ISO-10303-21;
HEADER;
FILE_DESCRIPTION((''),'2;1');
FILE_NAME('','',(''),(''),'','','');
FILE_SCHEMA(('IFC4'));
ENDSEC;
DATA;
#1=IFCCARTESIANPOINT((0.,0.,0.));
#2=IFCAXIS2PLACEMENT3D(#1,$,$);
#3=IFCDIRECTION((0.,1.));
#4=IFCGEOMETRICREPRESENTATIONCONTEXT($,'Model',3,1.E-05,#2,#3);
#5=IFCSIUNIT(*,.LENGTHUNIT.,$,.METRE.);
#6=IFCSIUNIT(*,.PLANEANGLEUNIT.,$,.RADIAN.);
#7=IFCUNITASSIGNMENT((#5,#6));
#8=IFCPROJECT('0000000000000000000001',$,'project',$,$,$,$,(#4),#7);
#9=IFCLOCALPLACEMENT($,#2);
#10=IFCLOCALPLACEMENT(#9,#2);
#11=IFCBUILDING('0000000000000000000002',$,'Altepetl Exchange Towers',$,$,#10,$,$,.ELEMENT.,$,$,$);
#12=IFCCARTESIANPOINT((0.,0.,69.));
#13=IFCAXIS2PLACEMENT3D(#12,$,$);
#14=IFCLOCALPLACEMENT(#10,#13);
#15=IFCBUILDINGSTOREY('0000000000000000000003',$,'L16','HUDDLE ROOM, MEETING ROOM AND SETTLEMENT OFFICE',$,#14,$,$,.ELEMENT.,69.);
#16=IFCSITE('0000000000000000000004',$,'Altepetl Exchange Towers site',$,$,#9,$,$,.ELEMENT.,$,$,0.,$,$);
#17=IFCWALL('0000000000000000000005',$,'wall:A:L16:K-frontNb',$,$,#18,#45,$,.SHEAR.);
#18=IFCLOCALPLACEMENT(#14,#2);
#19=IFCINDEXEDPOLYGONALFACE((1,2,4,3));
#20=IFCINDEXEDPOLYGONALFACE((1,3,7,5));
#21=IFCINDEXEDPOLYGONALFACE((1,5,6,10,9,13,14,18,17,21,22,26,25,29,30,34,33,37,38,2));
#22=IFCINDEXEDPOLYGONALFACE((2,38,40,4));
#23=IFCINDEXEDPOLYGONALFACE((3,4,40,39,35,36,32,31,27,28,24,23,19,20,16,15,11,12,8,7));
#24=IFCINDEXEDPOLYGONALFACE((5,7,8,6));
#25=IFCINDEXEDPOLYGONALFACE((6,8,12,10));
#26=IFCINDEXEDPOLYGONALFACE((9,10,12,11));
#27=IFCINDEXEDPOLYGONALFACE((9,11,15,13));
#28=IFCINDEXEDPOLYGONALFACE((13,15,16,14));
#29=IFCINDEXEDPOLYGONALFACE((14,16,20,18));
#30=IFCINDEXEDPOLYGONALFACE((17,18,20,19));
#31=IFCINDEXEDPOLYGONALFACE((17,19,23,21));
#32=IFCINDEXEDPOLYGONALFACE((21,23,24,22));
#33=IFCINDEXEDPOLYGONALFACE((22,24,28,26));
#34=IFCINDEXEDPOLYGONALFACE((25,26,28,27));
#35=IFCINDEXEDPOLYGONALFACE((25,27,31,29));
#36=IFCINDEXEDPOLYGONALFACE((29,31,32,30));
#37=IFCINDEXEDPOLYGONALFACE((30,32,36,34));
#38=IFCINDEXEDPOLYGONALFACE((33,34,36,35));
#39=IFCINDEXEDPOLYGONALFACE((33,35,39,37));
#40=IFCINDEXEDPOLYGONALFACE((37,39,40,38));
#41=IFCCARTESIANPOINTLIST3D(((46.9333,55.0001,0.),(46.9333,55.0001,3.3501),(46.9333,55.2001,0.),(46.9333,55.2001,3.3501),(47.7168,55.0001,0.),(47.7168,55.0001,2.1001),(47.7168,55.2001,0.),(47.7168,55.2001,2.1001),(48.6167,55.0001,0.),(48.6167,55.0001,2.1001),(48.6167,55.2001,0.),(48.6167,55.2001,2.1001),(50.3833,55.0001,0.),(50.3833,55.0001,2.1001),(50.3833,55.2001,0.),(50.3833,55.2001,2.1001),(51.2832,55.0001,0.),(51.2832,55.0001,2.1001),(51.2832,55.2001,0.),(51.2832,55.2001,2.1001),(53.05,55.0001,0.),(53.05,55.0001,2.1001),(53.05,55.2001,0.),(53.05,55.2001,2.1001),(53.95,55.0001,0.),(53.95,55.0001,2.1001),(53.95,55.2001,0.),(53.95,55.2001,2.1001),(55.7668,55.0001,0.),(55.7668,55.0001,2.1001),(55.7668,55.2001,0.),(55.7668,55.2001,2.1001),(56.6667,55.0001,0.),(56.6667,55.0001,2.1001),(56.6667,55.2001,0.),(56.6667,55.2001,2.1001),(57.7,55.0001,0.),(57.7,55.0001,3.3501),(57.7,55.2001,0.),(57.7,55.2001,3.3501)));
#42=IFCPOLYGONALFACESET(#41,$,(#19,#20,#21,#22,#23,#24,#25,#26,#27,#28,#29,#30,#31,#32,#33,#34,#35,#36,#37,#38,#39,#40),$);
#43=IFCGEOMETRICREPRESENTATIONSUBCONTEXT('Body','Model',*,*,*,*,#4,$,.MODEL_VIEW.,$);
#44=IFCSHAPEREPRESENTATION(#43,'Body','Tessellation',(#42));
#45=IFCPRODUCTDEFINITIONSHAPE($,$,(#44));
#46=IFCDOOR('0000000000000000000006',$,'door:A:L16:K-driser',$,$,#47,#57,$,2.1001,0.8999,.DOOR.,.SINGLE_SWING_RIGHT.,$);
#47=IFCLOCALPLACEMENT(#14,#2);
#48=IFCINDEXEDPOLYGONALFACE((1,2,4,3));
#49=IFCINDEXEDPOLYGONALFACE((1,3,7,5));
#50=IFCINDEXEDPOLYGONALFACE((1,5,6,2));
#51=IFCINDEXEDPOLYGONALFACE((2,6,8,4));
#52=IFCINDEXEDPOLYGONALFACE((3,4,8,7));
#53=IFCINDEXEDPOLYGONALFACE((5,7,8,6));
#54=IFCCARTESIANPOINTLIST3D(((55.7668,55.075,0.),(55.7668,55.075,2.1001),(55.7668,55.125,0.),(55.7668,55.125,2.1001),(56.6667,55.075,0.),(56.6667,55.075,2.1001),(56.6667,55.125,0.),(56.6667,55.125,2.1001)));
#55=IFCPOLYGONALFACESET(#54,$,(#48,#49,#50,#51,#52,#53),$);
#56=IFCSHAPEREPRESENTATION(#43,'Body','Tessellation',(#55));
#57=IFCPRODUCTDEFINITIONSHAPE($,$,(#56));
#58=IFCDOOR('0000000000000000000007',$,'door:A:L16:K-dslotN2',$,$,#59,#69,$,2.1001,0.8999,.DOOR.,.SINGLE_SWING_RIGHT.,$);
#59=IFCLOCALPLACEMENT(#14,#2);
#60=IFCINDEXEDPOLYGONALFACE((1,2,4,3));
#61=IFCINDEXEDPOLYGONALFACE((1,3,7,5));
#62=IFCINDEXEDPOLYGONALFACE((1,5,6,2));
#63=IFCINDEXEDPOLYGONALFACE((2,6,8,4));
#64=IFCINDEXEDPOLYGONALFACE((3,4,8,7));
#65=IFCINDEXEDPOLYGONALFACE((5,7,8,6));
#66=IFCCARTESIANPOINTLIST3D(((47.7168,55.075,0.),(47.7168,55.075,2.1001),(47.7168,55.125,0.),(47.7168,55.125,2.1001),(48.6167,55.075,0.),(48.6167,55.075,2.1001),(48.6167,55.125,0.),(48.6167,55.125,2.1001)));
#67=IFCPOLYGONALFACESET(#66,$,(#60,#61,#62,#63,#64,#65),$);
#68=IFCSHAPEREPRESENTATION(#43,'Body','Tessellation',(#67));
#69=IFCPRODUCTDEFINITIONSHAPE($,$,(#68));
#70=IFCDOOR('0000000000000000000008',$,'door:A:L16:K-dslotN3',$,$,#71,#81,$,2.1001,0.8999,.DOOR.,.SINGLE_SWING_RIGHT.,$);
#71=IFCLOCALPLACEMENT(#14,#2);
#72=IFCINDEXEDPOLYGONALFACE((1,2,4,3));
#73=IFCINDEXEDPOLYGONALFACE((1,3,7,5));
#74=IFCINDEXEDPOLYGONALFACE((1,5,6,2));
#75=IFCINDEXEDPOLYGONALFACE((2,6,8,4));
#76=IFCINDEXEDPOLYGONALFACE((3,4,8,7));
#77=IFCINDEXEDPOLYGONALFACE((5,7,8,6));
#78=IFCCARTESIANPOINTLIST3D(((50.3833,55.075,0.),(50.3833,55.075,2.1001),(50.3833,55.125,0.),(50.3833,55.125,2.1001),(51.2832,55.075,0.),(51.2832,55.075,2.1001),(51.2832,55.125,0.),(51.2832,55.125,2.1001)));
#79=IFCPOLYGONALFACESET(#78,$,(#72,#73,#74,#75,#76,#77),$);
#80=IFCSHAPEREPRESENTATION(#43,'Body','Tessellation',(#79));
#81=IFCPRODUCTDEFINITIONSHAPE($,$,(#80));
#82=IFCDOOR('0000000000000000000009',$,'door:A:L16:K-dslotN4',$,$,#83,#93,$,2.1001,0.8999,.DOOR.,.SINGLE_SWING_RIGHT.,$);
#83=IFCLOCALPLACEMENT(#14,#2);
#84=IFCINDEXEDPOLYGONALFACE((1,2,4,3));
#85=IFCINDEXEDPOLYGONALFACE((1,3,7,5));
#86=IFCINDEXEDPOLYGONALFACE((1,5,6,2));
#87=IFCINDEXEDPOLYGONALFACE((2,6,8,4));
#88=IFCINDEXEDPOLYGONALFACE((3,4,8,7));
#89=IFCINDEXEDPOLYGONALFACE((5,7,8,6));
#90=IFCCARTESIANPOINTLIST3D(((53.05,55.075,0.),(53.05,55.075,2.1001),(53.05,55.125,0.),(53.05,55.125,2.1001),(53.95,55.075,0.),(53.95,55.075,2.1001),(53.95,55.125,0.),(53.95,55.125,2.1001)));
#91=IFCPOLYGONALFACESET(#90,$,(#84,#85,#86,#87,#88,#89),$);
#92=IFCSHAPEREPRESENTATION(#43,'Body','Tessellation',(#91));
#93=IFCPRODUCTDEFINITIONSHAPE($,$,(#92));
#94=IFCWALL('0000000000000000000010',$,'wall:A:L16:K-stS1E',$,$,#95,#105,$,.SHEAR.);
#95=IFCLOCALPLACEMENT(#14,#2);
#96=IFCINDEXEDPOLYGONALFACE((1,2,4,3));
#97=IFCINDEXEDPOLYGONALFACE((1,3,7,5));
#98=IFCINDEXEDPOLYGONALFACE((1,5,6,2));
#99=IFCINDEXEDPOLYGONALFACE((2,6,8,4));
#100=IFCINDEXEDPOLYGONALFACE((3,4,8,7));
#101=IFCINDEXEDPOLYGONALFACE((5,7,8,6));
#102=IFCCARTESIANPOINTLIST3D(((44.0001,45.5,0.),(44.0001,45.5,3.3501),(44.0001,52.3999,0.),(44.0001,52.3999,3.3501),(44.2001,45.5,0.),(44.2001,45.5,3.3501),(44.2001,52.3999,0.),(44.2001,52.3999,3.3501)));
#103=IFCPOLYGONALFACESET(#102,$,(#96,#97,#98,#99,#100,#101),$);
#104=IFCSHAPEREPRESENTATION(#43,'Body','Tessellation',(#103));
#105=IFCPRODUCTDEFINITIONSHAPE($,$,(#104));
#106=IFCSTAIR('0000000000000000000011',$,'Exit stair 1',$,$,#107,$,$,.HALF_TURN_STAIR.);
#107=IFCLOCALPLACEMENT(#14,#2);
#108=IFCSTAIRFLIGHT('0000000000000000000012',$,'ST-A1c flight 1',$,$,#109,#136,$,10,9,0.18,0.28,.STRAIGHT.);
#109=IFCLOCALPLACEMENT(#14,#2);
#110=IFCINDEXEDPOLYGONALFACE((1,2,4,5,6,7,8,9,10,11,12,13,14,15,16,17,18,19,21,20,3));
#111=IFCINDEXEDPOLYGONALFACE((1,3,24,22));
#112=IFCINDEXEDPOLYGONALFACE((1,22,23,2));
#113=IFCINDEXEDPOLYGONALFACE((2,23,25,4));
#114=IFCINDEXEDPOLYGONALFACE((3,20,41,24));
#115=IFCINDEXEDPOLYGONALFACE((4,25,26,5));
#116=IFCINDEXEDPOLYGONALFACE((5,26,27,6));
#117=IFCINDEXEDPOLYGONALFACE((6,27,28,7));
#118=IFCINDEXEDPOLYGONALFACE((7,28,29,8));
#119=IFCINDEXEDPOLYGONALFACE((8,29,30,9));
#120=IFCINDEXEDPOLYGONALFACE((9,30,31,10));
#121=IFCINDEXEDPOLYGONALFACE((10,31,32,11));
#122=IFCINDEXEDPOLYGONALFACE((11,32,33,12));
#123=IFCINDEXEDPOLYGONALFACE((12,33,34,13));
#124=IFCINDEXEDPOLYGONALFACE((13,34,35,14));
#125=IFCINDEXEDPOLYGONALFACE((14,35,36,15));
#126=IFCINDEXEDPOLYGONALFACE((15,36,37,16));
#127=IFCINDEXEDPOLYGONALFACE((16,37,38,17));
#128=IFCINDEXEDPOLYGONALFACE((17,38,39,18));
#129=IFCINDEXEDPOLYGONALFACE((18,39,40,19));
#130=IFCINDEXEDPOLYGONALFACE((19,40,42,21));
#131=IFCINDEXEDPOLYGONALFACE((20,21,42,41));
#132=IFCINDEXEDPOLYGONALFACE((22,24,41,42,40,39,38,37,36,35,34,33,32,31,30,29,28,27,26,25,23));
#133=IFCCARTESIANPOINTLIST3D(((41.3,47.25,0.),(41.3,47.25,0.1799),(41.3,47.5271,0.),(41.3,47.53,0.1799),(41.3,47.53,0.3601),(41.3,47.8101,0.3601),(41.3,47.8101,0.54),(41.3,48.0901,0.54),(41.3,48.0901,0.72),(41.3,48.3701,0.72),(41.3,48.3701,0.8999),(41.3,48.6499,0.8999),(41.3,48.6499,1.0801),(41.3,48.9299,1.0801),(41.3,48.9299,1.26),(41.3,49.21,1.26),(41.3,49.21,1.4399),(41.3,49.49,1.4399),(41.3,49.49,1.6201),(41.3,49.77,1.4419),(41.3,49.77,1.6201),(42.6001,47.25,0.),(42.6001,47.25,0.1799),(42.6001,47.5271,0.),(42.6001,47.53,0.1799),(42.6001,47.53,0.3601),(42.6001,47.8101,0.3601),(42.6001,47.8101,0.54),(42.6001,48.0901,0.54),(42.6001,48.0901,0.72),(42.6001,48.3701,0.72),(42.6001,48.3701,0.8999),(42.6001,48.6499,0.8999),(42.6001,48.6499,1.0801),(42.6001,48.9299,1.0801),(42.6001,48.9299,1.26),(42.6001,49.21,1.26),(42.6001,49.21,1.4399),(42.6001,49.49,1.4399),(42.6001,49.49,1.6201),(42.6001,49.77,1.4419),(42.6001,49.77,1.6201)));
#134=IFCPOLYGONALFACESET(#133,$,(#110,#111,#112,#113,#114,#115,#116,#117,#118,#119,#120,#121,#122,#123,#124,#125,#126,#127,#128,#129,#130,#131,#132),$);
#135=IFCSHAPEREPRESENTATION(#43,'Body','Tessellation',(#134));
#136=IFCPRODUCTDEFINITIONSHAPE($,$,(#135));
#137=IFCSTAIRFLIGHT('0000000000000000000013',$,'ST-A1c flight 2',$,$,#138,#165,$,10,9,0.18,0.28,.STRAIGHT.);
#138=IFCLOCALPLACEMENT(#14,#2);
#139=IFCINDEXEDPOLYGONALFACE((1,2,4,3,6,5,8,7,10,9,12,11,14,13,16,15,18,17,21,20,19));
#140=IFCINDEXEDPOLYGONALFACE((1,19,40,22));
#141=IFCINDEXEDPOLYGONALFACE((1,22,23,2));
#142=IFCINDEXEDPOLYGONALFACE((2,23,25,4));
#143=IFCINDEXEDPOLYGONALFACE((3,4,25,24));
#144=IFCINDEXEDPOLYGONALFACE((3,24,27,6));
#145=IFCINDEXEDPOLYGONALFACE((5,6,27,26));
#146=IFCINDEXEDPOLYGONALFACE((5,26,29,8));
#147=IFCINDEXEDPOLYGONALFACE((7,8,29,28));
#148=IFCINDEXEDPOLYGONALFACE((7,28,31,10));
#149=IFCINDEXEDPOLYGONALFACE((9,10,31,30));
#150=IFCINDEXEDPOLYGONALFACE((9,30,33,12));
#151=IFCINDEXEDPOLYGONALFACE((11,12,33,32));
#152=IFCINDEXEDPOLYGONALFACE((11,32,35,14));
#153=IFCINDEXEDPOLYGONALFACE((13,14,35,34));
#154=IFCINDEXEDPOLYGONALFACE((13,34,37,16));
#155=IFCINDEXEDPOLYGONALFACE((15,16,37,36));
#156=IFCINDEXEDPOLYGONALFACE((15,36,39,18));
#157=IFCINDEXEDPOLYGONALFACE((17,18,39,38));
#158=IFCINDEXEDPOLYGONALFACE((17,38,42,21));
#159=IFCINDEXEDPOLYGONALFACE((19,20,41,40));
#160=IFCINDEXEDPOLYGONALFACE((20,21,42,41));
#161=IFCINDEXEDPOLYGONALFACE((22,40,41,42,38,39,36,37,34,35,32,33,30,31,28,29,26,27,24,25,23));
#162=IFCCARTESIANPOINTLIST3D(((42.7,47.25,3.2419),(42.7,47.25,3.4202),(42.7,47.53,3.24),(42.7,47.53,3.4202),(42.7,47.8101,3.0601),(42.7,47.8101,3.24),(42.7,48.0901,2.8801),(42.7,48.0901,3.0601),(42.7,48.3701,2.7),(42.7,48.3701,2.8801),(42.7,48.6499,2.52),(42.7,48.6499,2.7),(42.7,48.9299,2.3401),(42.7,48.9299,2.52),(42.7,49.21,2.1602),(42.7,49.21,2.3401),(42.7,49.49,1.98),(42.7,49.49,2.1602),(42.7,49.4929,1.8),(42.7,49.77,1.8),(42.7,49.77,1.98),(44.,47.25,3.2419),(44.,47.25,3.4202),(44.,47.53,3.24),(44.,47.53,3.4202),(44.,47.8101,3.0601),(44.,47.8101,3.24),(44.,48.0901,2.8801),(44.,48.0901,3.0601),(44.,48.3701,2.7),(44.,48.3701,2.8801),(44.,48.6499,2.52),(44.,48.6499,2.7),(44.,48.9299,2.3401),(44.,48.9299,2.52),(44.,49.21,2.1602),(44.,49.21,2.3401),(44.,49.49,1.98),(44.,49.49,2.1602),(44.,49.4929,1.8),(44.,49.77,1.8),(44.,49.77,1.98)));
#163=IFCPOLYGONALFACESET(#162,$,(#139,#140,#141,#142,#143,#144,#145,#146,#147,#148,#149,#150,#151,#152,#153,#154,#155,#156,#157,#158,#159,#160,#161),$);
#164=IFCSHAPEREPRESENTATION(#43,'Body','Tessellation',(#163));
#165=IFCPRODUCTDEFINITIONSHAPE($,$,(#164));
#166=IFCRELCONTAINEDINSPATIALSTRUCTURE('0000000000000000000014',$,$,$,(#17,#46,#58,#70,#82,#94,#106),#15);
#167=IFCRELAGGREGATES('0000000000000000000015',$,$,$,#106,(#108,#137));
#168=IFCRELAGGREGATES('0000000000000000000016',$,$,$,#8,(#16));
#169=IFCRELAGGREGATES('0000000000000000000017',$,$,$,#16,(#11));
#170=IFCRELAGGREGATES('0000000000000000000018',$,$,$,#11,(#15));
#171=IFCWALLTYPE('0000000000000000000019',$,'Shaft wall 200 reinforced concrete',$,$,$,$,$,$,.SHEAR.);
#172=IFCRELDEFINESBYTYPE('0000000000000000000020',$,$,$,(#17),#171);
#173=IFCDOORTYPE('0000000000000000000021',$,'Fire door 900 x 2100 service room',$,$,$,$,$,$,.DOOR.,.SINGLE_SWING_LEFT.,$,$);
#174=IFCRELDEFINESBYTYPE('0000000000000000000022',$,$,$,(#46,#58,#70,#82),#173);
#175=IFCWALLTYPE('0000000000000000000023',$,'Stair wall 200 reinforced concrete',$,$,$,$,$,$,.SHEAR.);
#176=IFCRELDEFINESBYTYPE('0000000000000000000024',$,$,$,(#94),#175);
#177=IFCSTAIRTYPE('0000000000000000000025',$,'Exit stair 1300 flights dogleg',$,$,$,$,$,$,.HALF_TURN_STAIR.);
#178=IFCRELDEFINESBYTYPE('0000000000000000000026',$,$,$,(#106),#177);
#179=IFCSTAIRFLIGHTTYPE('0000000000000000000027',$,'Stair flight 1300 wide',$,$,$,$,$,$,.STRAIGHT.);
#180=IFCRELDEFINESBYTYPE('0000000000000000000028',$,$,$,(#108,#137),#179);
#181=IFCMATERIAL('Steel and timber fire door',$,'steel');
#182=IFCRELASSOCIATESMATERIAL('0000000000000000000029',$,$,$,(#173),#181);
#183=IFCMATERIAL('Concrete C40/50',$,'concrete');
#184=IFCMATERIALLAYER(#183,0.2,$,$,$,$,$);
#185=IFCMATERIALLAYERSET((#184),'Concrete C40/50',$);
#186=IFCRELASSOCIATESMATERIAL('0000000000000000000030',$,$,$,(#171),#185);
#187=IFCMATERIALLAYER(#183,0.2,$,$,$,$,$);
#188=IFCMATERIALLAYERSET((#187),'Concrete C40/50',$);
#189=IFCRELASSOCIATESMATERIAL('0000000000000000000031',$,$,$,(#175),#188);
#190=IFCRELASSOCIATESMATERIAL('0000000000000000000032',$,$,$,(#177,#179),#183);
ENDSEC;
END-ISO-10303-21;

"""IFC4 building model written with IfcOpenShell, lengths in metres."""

from ifc_helpers import new_model, si_unit, direction, frame, frame_2d, origin, place, context, subcontext, project, spatial, polyline, rectangle, outline, extrude, material, layer, layer_set, type_object, element, fill, aggregate, save


model = new_model("IFC4")

# Units and contexts
model_context = context("Model", 3, precision=1e-05, world=origin(), true_north=direction((0.0, 1.0)))
body_context = subcontext(model_context, "Body", "Model", "MODEL_VIEW")
ifc_project = project(units=[si_unit("LENGTHUNIT", "METRE"), si_unit("PLANEANGLEUNIT", "RADIAN")], contexts=[model_context])

# Site, building, storey
site_placement = place(None, origin())
site = spatial("IfcSite", under=ifc_project, at=site_placement, Name="Altepetl Exchange Towers site", CompositionType="ELEMENT", RefElevation=0.0)
building_placement = place(site_placement, origin())
building = spatial("IfcBuilding", under=site, at=building_placement, Name="Altepetl Exchange Towers", CompositionType="ELEMENT")
storey_placement = place(building_placement, frame((0.0, 0.0, 69.0)))
storey = spatial("IfcBuildingStorey", under=building, at=storey_placement, Name="L16", Description="HUDDLE ROOM, MEETING ROOM AND SETTLEMENT OFFICE", CompositionType="ELEMENT", Elevation=69.0)

# Shared definitions
ifc_material_1 = material(Name="Steel and timber fire door", Category="steel")
door_type_1 = type_object("IfcDoorType", Name="Fire door 900 x 2100 service room", OperationType="SINGLE_SWING_LEFT", PredefinedType="DOOR", material=ifc_material_1)

# Shared definitions
ifc_material_2 = material(Name="Concrete C40/50", Category="concrete")
ifc_layer_1 = layer(ifc_material_2, 0.2)
ifc_layer_set_1 = layer_set([ifc_layer_1], Name="Concrete C40/50")
wall_type_1 = type_object("IfcWallType", Name="Shaft wall 200 reinforced concrete", PredefinedType="SHEAR", material=ifc_layer_set_1)

# Wall, openings, doors
wall_1_placement = place(storey_placement, frame((46.9333, 55.1001, 0.0)))
wall_1 = element("IfcWall", 1, at=wall_1_placement, inside=storey, type_object=wall_type_1, Name="wall:A:L16:K-frontNb", PredefinedType="SHEAR", context=body_context, shape_type="SweptSolid", body=[
    extrude(rectangle(XDim=10.7666, YDim=0.2, at=frame_2d((5.3833, 0.0))), origin(), (0.0, 0.0, 1.0), 3.3501),
])
opening_1_placement = place(wall_1_placement, frame((8.8335, 0.0, 0.0)))
opening_1 = element("IfcOpeningElement", 2, at=opening_1_placement, cuts=wall_1, PredefinedType="OPENING", context=body_context, shape_type="SweptSolid", body=[
    extrude(rectangle(XDim=0.8999, YDim=2.1001, at=frame_2d((0.45, 1.05))), frame((0.0, 0.1099, 0.0), z_axis=(0.0, -1.0, 0.0), x_axis=(1.0, 0.0, 0.0)), (0.0, 0.0, 1.0), 0.22),
])
opening_2_placement = place(wall_1_placement, frame((0.7834, 0.0, 0.0)))
opening_2 = element("IfcOpeningElement", 3, at=opening_2_placement, cuts=wall_1, PredefinedType="OPENING", context=body_context, shape_type="SweptSolid", body=[
    extrude(rectangle(XDim=0.8999, YDim=2.1001, at=frame_2d((0.45, 1.05))), frame((0.0, 0.1099, 0.0), z_axis=(0.0, -1.0, 0.0), x_axis=(1.0, 0.0, 0.0)), (0.0, 0.0, 1.0), 0.22),
])
opening_3_placement = place(wall_1_placement, frame((3.45, 0.0, 0.0)))
opening_3 = element("IfcOpeningElement", 4, at=opening_3_placement, cuts=wall_1, PredefinedType="OPENING", context=body_context, shape_type="SweptSolid", body=[
    extrude(rectangle(XDim=0.8999, YDim=2.1001, at=frame_2d((0.45, 1.05))), frame((0.0, 0.1099, 0.0), z_axis=(0.0, -1.0, 0.0), x_axis=(1.0, 0.0, 0.0)), (0.0, 0.0, 1.0), 0.22),
])
opening_4_placement = place(wall_1_placement, frame((6.1167, 0.0, 0.0)))
opening_4 = element("IfcOpeningElement", 5, at=opening_4_placement, cuts=wall_1, PredefinedType="OPENING", context=body_context, shape_type="SweptSolid", body=[
    extrude(rectangle(XDim=0.8999, YDim=2.1001, at=frame_2d((0.45, 1.05))), frame((0.0, 0.1099, 0.0), z_axis=(0.0, -1.0, 0.0), x_axis=(1.0, 0.0, 0.0)), (0.0, 0.0, 1.0), 0.22),
])
door_1_placement = place(opening_1_placement, origin())
door_1 = element("IfcDoor", 6, at=door_1_placement, inside=storey, type_object=door_type_1, Name="door:A:L16:K-driser", OperationType="SINGLE_SWING_RIGHT", OverallHeight=2.1001, OverallWidth=0.8999, PredefinedType="DOOR", context=body_context, shape_type="SweptSolid", body=[
    extrude(rectangle(XDim=0.8999, YDim=2.1001, at=frame_2d((0.45, 1.05))), frame((0.0, 0.0249, 0.0), z_axis=(0.0, -1.0, 0.0), x_axis=(1.0, 0.0, 0.0)), (0.0, 0.0, 1.0), 0.05),
])
fill(opening_1, door_1)
door_2_placement = place(opening_2_placement, origin())
door_2 = element("IfcDoor", 7, at=door_2_placement, inside=storey, type_object=door_type_1, Name="door:A:L16:K-dslotN2", OperationType="SINGLE_SWING_RIGHT", OverallHeight=2.1001, OverallWidth=0.8999, PredefinedType="DOOR", context=body_context, shape_type="SweptSolid", body=[
    extrude(rectangle(XDim=0.8999, YDim=2.1001, at=frame_2d((0.45, 1.05))), frame((0.0, 0.0249, 0.0), z_axis=(0.0, -1.0, 0.0), x_axis=(1.0, 0.0, 0.0)), (0.0, 0.0, 1.0), 0.05),
])
fill(opening_2, door_2)
door_3_placement = place(opening_3_placement, origin())
door_3 = element("IfcDoor", 8, at=door_3_placement, inside=storey, type_object=door_type_1, Name="door:A:L16:K-dslotN3", OperationType="SINGLE_SWING_RIGHT", OverallHeight=2.1001, OverallWidth=0.8999, PredefinedType="DOOR", context=body_context, shape_type="SweptSolid", body=[
    extrude(rectangle(XDim=0.8999, YDim=2.1001, at=frame_2d((0.45, 1.05))), frame((0.0, 0.0249, 0.0), z_axis=(0.0, -1.0, 0.0), x_axis=(1.0, 0.0, 0.0)), (0.0, 0.0, 1.0), 0.05),
])
fill(opening_3, door_3)
door_4_placement = place(opening_4_placement, origin())
door_4 = element("IfcDoor", 9, at=door_4_placement, inside=storey, type_object=door_type_1, Name="door:A:L16:K-dslotN4", OperationType="SINGLE_SWING_RIGHT", OverallHeight=2.1001, OverallWidth=0.8999, PredefinedType="DOOR", context=body_context, shape_type="SweptSolid", body=[
    extrude(rectangle(XDim=0.8999, YDim=2.1001, at=frame_2d((0.45, 1.05))), frame((0.0, 0.0249, 0.0), z_axis=(0.0, -1.0, 0.0), x_axis=(1.0, 0.0, 0.0)), (0.0, 0.0, 1.0), 0.05),
])
fill(opening_4, door_4)

# Wall
ifc_layer_2 = layer(ifc_material_2, 0.2)
ifc_layer_set_2 = layer_set([ifc_layer_2], Name="Concrete C40/50")
wall_type_2 = type_object("IfcWallType", Name="Stair wall 200 reinforced concrete", PredefinedType="SHEAR", material=ifc_layer_set_2)
wall_2_placement = place(storey_placement, frame((44.1001, 45.5, 0.0), z_axis=(0.0, 0.0, 1.0), x_axis=(0.0, 1.0, 0.0)))
element("IfcWall", 10, at=wall_2_placement, inside=storey, type_object=wall_type_2, Name="wall:A:L16:K-stS1E", PredefinedType="SHEAR", context=body_context, shape_type="SweptSolid", body=[
    extrude(rectangle(XDim=6.8999, YDim=0.2, at=frame_2d((3.45, 0.0))), origin(), (0.0, 0.0, 1.0), 3.3501),
])

# Stair, stair flights
stair_type = type_object("IfcStairType", Name="Exit stair 1300 flights dogleg", PredefinedType="HALF_TURN_STAIR", material=ifc_material_2)
stair_placement = place(storey_placement, origin())
stair = element("IfcStair", 11, at=stair_placement, inside=storey, type_object=stair_type, Name="Exit stair 1", PredefinedType="HALF_TURN_STAIR")
stair_flight_type = type_object("IfcStairFlightType", Name="Stair flight 1300 wide", PredefinedType="STRAIGHT", material=ifc_material_2)
stair_flight_1_placement = place(storey_placement, frame((41.95, 47.25, 0.0), z_axis=(0.0, 0.0, 1.0), x_axis=(0.0, 1.0, 0.0)))
stair_flight_1 = element("IfcStairFlight", 12, at=stair_flight_1_placement, type_object=stair_flight_type, Name="ST-A1c flight 1", NumberOfRisers=10, NumberOfTreads=9, PredefinedType="STRAIGHT", RiserHeight=0.18, TreadLength=0.28, context=body_context, shape_type="SweptSolid", body=[
    extrude(outline(polyline([(0.0, 0.0), (0.0, 0.1799), (0.28, 0.1799), (0.28, 0.3601), (0.5601, 0.3601), (0.5601, 0.54), (0.8401, 0.54), (0.8401, 0.72), (1.1201, 0.72), (1.1201, 0.8999), (1.3999, 0.8999), (1.3999, 1.0801), (1.6799, 1.0801), (1.6799, 1.26), (1.96, 1.26), (1.96, 1.4399), (2.24, 1.4399), (2.24, 1.6201), (2.52, 1.6201), (2.52, 1.8), (2.52, 1.4419), (0.2771, 0.0), (0.0, 0.0)])), frame((0.0, 0.6499, 0.0), z_axis=(0.0, -1.0, 0.0), x_axis=(1.0, 0.0, 0.0)), (0.0, 0.0, 1.0), 1.3),
])
stair_flight_2_placement = place(storey_placement, frame((43.3501, 49.77, 1.8), z_axis=(0.0, 0.0, 1.0), x_axis=(0.0, -1.0, 0.0)))
stair_flight_2 = element("IfcStairFlight", 13, at=stair_flight_2_placement, type_object=stair_flight_type, Name="ST-A1c flight 2", NumberOfRisers=10, NumberOfTreads=9, PredefinedType="STRAIGHT", RiserHeight=0.18, TreadLength=0.28, context=body_context, shape_type="SweptSolid", body=[
    extrude(outline(polyline([(0.0, 0.0), (0.0, 0.1799), (0.28, 0.1799), (0.28, 0.3601), (0.5601, 0.3601), (0.5601, 0.54), (0.8401, 0.54), (0.8401, 0.72), (1.1201, 0.72), (1.1201, 0.8999), (1.3999, 0.8999), (1.3999, 1.0801), (1.6799, 1.0801), (1.6799, 1.26), (1.96, 1.26), (1.96, 1.4399), (2.24, 1.4399), (2.24, 1.6201), (2.52, 1.6201), (2.52, 1.8), (2.52, 1.4419), (0.2771, 0.0), (0.0, 0.0)])), frame((0.0, 0.6499, 0.0), z_axis=(0.0, -1.0, 0.0), x_axis=(1.0, 0.0, 0.0)), (0.0, 0.0, 1.0), 1.3),
])
aggregate(stair, [stair_flight_1, stair_flight_2])

save(model, "model.ifc")
